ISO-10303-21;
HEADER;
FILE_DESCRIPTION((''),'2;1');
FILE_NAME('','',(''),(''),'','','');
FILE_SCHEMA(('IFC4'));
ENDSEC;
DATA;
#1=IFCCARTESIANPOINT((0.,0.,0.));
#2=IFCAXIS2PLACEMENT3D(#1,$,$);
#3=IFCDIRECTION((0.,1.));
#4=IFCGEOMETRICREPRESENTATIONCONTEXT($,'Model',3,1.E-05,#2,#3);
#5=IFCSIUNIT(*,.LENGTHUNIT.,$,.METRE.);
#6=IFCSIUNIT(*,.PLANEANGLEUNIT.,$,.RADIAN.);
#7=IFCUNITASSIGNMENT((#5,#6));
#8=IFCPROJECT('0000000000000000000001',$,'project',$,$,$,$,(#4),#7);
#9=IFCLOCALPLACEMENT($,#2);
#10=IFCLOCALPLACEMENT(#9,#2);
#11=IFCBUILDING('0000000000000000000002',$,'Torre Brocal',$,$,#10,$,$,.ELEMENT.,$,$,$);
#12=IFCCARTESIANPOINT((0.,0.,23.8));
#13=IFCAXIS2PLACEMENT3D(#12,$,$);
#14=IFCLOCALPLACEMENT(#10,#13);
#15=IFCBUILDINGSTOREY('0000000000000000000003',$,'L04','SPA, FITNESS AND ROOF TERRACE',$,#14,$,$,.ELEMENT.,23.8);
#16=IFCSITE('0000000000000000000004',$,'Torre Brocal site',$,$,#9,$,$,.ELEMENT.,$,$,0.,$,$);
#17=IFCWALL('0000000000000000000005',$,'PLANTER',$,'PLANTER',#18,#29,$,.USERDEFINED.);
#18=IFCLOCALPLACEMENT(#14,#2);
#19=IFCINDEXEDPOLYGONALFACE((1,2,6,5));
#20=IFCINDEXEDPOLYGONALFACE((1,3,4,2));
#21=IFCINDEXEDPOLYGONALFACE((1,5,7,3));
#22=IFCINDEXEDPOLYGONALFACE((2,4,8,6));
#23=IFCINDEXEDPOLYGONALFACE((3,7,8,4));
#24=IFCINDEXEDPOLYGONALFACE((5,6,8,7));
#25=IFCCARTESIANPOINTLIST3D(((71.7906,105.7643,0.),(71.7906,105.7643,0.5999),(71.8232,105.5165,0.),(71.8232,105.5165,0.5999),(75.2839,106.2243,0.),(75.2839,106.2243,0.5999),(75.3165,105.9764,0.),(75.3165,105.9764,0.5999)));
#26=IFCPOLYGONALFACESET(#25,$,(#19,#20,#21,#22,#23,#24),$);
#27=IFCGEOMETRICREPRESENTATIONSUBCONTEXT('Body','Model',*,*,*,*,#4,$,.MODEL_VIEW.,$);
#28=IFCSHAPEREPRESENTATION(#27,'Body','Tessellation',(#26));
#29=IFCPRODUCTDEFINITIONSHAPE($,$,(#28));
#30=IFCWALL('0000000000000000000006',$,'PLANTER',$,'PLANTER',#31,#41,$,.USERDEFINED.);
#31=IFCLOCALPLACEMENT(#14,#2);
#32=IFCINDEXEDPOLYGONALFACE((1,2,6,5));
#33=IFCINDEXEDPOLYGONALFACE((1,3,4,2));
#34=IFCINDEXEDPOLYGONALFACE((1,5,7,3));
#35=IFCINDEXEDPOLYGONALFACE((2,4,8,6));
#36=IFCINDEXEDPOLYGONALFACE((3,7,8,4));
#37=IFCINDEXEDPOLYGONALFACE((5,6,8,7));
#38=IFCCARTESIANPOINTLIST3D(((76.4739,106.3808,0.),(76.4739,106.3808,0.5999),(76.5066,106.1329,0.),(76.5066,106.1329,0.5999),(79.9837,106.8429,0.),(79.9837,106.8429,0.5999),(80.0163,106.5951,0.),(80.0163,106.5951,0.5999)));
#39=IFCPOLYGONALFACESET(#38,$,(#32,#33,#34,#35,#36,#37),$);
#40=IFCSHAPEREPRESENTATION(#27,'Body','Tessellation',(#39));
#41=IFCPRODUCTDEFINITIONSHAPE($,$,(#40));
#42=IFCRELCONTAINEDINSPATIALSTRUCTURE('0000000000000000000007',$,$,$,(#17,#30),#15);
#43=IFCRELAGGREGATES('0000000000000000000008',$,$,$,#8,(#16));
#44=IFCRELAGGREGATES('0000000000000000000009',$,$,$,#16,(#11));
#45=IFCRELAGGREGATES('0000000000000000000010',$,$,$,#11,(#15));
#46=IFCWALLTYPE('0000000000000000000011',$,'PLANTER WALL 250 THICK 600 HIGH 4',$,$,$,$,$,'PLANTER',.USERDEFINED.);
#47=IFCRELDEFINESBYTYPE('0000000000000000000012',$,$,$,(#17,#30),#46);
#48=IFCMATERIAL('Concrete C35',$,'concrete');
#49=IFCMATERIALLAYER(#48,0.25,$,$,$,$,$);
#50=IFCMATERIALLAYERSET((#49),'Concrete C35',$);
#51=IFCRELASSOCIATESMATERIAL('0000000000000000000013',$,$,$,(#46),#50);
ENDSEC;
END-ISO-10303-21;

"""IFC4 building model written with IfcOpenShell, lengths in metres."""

from ifc_helpers import new_model, si_unit, direction, frame, frame_2d, origin, place, context, subcontext, project, spatial, rectangle, extrude, material, layer, layer_set, type_object, element, save


model = new_model("IFC4")

# Units and contexts
model_context = context("Model", 3, precision=1e-05, world=origin(), true_north=direction((0.0, 1.0)))
body_context = subcontext(model_context, "Body", "Model", "MODEL_VIEW")
ifc_project = project(units=[si_unit("LENGTHUNIT", "METRE"), si_unit("PLANEANGLEUNIT", "RADIAN")], contexts=[model_context])

# Site, building, storey
site_placement = place(None, origin())
site = spatial("IfcSite", under=ifc_project, at=site_placement, Name="Torre Brocal site", CompositionType="ELEMENT", RefElevation=0.0)
building_placement = place(site_placement, origin())
building = spatial("IfcBuilding", under=site, at=building_placement, Name="Torre Brocal", CompositionType="ELEMENT")
storey_placement = place(building_placement, frame((0.0, 0.0, 23.8)))
storey = spatial("IfcBuildingStorey", under=building, at=storey_placement, Name="L04", Description="SPA, FITNESS AND ROOF TERRACE", CompositionType="ELEMENT", Elevation=23.8)

# Walls
ifc_material_1 = material(Name="Concrete C35", Category="concrete")
ifc_layer_1 = layer(ifc_material_1, 0.25)
ifc_layer_set_1 = layer_set([ifc_layer_1], Name="Concrete C35")
wall_type_1 = type_object("IfcWallType", Name="PLANTER WALL 250 THICK 600 HIGH 4", ElementType="PLANTER", PredefinedType="USERDEFINED", material=ifc_layer_set_1)
wall_1_placement = place(storey_placement, frame((71.8069, 105.6404, 0.0), z_axis=(0.0, 0.0, 1.0), x_axis=(0.991443, 0.130539, 0.0)))
element("IfcWall", 1, at=wall_1_placement, inside=storey, type_object=wall_type_1, Name="PLANTER", ObjectType="PLANTER", PredefinedType="USERDEFINED", context=body_context, shape_type="SweptSolid", body=[
    extrude(rectangle(XDim=3.5234, YDim=0.25, at=frame_2d((1.7617, 0.0))), origin(), (0.0, 0.0, 1.0), 0.5999),
])
wall_2_placement = place(storey_placement, frame((76.4902, 106.2568, 0.0), z_axis=(0.0, 0.0, 1.0), x_axis=(0.991442, 0.130551, 0.0)))
element("IfcWall", 2, at=wall_2_placement, inside=storey, type_object=wall_type_1, Name="PLANTER", ObjectType="PLANTER", PredefinedType="USERDEFINED", context=body_context, shape_type="SweptSolid", body=[
    extrude(rectangle(XDim=3.54, YDim=0.25, at=frame_2d((1.77, 0.0))), origin(), (0.0, 0.0, 1.0), 0.5999),
])

save(model, "model.ifc")
